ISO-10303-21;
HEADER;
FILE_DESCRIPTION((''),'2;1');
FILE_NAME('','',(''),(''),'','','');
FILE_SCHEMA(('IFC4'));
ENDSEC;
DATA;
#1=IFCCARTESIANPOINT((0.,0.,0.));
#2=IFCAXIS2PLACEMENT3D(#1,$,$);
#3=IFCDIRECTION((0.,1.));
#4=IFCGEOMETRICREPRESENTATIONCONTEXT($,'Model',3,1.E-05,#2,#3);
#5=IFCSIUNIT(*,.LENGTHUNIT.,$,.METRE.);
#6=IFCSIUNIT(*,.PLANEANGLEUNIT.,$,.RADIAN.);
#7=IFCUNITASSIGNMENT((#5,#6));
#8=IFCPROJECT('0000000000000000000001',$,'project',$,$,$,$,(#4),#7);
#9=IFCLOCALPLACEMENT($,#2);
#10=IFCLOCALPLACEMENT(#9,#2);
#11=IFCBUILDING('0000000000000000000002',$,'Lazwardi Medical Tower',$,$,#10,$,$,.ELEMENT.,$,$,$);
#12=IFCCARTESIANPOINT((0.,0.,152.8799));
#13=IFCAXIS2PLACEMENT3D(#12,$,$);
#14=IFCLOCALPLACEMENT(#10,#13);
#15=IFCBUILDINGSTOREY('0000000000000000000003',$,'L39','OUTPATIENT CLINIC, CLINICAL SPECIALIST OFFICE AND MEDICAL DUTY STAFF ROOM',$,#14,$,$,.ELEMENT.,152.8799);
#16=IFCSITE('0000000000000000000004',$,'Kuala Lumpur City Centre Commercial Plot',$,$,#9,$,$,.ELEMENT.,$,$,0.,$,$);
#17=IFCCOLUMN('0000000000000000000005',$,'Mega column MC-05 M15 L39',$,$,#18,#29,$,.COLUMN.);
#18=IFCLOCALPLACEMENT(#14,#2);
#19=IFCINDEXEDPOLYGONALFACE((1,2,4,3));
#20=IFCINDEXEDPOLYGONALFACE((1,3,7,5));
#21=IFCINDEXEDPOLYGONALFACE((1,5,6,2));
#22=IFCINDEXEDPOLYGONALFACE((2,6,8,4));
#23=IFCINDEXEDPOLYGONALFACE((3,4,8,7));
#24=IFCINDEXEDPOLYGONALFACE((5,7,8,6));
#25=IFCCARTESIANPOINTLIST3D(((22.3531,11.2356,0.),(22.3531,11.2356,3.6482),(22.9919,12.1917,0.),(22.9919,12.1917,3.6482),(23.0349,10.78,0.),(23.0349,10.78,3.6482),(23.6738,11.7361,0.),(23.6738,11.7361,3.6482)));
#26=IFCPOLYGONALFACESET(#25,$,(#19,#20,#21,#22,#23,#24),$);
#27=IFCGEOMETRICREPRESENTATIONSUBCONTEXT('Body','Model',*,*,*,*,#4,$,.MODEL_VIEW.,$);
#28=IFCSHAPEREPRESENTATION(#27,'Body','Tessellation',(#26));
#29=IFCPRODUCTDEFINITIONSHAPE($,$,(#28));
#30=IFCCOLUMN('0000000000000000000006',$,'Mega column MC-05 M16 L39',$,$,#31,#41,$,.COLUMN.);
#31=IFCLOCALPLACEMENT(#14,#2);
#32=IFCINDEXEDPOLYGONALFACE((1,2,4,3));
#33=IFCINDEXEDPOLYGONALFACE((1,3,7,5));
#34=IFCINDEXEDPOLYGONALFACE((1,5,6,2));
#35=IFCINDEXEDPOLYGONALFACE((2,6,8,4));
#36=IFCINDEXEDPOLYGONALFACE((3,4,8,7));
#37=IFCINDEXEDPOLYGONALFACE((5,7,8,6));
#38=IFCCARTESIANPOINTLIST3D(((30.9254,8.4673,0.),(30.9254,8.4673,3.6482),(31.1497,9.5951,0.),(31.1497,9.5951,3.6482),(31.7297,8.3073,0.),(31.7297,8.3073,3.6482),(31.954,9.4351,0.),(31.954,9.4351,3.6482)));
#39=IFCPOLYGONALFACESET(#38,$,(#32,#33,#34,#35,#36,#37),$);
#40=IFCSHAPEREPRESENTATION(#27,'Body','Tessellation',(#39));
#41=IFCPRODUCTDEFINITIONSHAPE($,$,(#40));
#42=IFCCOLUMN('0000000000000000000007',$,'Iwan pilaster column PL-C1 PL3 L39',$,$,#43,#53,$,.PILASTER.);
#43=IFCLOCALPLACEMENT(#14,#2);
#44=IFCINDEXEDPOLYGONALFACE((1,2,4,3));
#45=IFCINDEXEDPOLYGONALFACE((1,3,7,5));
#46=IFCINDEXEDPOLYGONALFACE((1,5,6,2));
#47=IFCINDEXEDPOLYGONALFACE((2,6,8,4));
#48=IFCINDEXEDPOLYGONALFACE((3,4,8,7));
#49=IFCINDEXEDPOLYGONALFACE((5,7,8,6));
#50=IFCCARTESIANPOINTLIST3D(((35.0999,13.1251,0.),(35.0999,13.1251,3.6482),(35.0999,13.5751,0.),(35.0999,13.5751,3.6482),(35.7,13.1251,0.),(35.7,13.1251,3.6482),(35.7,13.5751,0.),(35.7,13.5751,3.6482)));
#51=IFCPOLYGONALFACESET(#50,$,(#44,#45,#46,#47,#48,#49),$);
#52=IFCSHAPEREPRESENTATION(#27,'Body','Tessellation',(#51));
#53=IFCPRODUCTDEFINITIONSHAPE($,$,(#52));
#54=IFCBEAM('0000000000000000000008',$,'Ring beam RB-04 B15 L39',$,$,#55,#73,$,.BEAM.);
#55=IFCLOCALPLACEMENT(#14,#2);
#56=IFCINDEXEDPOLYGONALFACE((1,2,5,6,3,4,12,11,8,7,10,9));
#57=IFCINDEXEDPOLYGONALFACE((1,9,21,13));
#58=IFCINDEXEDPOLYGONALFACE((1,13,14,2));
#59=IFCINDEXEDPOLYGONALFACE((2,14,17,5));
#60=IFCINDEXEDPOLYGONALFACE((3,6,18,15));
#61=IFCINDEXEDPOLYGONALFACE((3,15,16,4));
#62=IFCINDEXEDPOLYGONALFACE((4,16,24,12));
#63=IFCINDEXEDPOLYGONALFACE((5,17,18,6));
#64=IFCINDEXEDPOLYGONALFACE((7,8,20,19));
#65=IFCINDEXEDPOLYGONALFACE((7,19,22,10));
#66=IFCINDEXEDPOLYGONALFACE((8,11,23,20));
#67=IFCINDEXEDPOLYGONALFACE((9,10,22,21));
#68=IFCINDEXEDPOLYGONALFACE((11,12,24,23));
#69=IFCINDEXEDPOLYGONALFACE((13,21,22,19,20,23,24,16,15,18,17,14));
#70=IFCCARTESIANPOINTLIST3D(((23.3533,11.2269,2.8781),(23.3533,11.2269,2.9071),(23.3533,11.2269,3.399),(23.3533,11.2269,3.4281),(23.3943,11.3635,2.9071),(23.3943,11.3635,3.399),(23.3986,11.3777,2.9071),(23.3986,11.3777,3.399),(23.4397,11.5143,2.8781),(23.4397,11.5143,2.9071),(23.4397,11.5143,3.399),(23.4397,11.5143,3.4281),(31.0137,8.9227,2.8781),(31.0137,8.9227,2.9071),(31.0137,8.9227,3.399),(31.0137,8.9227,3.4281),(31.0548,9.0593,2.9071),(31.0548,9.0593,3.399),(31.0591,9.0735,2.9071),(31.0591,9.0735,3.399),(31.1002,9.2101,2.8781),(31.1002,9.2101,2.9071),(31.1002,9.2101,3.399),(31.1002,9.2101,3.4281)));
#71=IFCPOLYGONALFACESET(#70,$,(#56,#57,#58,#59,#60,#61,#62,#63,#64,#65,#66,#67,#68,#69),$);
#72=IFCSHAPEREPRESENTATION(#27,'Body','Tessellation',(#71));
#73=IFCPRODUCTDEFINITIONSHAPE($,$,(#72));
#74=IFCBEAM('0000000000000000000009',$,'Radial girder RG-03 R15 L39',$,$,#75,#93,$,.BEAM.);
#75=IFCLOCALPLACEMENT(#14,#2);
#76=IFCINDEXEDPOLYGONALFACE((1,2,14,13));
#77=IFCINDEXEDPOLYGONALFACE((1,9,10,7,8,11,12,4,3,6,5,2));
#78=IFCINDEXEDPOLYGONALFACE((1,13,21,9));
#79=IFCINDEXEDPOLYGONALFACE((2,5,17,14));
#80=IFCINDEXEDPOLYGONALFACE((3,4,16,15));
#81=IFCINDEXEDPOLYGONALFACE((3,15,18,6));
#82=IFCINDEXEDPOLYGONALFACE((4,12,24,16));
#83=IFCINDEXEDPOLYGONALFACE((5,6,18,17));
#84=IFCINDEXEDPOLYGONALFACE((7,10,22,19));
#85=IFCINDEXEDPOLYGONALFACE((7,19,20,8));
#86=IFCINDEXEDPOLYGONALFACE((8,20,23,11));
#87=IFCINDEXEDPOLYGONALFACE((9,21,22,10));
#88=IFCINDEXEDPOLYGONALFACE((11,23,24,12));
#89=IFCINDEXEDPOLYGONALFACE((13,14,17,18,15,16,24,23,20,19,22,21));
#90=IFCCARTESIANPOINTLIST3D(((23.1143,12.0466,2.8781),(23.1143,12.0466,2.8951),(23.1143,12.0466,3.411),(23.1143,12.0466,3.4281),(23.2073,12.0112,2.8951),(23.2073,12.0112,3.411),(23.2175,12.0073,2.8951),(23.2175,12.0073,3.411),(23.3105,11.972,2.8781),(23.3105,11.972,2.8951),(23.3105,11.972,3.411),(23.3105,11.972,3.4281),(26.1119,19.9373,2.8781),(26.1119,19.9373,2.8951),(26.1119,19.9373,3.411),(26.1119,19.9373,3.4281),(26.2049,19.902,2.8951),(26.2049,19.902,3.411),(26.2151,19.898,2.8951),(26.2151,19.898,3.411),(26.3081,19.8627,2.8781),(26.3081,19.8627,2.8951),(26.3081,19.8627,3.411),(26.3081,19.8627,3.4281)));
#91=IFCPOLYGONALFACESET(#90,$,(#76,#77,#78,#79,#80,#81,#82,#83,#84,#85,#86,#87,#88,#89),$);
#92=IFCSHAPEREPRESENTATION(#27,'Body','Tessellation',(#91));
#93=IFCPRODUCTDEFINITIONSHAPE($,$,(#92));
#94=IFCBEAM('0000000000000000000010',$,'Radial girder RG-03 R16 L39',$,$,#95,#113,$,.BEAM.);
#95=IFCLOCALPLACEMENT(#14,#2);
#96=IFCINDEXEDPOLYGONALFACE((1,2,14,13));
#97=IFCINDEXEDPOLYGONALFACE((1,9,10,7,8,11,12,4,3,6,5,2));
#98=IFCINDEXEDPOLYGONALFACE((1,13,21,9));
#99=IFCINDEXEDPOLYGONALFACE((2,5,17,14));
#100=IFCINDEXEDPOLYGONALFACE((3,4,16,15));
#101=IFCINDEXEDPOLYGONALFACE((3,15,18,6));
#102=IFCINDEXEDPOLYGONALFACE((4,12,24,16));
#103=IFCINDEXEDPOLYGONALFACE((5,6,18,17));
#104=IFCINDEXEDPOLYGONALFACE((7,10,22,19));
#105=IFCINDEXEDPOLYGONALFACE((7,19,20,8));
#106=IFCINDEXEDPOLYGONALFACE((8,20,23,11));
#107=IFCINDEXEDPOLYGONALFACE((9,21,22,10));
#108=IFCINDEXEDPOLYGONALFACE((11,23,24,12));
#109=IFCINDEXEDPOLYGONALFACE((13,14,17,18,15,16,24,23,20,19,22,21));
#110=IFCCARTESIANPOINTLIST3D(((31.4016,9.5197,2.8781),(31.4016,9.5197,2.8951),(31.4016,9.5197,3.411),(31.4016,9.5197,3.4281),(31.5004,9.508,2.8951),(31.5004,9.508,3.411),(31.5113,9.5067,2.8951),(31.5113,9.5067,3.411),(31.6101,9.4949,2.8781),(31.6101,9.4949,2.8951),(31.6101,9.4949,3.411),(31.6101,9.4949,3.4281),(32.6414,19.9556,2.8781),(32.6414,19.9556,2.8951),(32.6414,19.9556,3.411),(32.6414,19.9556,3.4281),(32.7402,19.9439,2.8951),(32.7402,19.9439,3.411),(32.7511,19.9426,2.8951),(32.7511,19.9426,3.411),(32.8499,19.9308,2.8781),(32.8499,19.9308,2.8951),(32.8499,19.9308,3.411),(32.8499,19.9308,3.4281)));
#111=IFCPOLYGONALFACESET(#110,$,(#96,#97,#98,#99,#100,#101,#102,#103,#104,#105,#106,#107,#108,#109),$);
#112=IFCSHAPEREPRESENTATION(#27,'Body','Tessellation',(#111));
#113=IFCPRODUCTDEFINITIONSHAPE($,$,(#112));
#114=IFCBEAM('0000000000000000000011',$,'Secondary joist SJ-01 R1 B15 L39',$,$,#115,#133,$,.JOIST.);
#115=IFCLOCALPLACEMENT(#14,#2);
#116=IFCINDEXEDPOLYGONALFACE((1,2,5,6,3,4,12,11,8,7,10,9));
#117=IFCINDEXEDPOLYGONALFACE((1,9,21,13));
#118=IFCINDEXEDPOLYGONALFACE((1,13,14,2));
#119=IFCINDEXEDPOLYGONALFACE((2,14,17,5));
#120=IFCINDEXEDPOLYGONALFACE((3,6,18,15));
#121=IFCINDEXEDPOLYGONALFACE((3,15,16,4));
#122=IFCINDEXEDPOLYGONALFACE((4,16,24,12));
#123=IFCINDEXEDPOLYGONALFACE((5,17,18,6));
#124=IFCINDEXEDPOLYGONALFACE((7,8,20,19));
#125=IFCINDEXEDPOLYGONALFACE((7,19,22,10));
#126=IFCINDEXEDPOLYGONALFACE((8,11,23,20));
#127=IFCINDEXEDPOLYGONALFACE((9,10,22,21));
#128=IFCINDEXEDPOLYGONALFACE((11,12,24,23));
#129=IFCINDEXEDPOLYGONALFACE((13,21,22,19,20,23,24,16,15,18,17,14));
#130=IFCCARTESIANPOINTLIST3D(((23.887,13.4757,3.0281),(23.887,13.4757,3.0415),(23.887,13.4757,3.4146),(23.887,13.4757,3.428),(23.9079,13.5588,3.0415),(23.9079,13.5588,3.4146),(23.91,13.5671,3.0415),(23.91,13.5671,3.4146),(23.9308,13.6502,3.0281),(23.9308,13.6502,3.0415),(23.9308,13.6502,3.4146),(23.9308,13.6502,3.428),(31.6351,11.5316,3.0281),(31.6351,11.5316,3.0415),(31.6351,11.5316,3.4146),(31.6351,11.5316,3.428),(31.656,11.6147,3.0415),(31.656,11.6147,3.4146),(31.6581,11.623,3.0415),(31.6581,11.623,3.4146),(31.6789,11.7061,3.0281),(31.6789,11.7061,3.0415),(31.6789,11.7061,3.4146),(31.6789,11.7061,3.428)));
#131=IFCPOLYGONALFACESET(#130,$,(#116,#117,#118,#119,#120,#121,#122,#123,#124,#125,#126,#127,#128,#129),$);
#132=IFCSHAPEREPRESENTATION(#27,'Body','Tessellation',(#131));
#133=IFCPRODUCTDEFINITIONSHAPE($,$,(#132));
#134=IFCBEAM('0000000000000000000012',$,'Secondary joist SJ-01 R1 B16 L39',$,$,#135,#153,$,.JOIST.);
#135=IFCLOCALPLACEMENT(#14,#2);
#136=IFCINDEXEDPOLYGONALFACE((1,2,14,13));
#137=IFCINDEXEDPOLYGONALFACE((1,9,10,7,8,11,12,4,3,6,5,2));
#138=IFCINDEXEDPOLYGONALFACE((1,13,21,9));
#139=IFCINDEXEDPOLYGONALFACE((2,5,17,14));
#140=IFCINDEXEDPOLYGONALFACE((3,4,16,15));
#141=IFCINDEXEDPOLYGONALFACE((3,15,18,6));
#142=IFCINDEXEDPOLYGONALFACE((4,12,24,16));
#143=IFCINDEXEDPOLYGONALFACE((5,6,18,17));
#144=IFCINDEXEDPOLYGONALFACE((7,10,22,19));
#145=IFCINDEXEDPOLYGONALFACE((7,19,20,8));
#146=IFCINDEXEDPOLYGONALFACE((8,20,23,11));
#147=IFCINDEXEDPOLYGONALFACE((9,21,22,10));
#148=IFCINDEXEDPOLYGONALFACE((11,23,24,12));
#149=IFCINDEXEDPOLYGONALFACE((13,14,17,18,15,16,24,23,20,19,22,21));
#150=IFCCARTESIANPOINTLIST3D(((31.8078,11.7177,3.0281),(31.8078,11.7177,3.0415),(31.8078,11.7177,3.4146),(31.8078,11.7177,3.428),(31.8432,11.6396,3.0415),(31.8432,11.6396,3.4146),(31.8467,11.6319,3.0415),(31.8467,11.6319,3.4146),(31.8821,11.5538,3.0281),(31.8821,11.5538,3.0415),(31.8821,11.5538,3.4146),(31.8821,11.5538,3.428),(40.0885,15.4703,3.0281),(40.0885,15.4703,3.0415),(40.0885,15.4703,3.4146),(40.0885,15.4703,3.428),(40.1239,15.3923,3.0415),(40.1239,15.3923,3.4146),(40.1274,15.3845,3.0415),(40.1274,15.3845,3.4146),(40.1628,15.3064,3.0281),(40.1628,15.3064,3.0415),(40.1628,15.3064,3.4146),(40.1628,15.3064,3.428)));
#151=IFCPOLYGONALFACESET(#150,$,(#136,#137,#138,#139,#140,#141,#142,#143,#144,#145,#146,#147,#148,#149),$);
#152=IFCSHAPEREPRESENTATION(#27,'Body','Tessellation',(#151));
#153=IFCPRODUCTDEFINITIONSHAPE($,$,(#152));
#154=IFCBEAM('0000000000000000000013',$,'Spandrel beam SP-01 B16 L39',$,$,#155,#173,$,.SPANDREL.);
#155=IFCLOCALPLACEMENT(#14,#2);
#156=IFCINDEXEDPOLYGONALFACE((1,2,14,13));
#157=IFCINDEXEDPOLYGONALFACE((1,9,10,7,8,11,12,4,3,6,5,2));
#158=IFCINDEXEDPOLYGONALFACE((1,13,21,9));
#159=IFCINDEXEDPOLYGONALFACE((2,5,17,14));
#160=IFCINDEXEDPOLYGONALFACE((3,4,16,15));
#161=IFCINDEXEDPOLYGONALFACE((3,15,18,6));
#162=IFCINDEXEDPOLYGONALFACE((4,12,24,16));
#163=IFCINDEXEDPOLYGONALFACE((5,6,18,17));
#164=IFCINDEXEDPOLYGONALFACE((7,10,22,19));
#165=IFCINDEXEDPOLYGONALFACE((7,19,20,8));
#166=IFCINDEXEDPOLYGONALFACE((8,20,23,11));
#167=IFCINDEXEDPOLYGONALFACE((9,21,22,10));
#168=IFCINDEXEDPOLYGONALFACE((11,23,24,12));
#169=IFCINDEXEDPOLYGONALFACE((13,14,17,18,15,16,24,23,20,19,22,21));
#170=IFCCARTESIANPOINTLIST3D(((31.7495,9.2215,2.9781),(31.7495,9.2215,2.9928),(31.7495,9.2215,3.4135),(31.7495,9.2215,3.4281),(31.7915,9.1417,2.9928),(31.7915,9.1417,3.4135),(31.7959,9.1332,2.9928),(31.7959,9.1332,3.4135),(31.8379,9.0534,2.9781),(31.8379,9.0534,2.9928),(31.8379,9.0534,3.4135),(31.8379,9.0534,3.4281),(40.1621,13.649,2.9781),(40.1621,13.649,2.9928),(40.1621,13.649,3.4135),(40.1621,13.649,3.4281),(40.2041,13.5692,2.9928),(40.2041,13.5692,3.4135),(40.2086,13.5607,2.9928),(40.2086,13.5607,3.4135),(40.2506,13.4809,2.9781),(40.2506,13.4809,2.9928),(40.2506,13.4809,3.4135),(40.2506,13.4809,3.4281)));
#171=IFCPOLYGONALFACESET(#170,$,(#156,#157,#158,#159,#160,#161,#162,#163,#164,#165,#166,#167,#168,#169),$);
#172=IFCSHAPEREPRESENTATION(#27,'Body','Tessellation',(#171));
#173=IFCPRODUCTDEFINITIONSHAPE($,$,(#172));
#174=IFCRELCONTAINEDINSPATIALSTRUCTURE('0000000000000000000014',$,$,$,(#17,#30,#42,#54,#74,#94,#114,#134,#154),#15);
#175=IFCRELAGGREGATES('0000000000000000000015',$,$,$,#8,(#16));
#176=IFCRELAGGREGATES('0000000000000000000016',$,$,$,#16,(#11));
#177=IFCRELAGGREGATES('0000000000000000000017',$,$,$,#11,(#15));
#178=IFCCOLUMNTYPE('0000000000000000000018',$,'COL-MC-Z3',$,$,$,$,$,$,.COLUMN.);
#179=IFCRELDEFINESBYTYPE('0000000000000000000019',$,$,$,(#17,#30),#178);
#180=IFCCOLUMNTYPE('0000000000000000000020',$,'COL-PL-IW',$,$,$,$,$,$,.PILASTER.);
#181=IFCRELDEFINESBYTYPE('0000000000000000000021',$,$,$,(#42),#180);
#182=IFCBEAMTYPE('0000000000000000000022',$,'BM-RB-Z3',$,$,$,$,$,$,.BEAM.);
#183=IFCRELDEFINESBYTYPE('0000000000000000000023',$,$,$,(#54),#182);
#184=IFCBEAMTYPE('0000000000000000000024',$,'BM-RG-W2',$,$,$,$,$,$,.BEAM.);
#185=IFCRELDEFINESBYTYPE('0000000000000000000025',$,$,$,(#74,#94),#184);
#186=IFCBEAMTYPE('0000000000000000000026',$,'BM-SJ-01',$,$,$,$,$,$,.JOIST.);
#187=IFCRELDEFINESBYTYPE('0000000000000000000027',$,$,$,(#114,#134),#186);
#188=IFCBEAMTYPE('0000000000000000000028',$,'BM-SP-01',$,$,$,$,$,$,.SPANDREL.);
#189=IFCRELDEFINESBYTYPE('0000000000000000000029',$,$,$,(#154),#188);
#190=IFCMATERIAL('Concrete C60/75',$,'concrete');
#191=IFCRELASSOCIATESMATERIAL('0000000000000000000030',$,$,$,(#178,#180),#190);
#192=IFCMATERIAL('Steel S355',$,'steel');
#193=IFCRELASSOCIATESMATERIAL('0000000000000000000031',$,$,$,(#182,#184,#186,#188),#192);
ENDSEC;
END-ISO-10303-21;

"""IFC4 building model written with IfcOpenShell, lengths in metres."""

from ifc_helpers import new_model, si_unit, direction, frame, origin, origin_2d, place, context, subcontext, project, spatial, rectangle, i_section, extrude, material, material_profile, profile_set, type_object, element, save


model = new_model("IFC4")

# Units and contexts
model_context = context("Model", 3, precision=1e-05, world=origin(), true_north=direction((0.0, 1.0)))
body_context = subcontext(model_context, "Body", "Model", "MODEL_VIEW")
ifc_project = project(units=[si_unit("LENGTHUNIT", "METRE"), si_unit("PLANEANGLEUNIT", "RADIAN")], contexts=[model_context])

# Site, building, storey
site_placement = place(None, origin())
site = spatial("IfcSite", under=ifc_project, at=site_placement, Name="Kuala Lumpur City Centre Commercial Plot", CompositionType="ELEMENT", RefElevation=0.0)
building_placement = place(site_placement, origin())
building = spatial("IfcBuilding", under=site, at=building_placement, Name="Lazwardi Medical Tower", CompositionType="ELEMENT")
storey_placement = place(building_placement, frame((0.0, 0.0, 152.8799)))
storey = spatial("IfcBuildingStorey", under=building, at=storey_placement, Name="L39", Description="OUTPATIENT CLINIC, CLINICAL SPECIALIST OFFICE AND MEDICAL DUTY STAFF ROOM", CompositionType="ELEMENT", Elevation=152.8799)

# Columns
ifc_material_1 = material(Name="Concrete C60/75", Category="concrete")
ifc_material_profile_1 = material_profile(ifc_material_1, rectangle(XDim=1.1499, YDim=0.8201, at=origin_2d()), Name="CFT-RECT 1150x820")
ifc_profile_set_1 = profile_set([ifc_material_profile_1], Name="Concrete C60/75")
column_type_1 = type_object("IfcColumnType", Name="COL-MC-Z3", PredefinedType="COLUMN", material=ifc_profile_set_1)
for number, where, z_axis, x_axis, name in (
    (1, (23.0134, 11.4858, 0.0), (0.0, 0.0, 1.0), (-0.55557, -0.83147, 0.0), "Mega column MC-05 M15 L39"),
    (2, (31.4397, 8.9512, 0.0), (0.0, 0.0, 1.0), (-0.19509, -0.980785, 0.0), "Mega column MC-05 M16 L39"),
):
    element("IfcColumn", number, at=place(storey_placement, frame(where, z_axis=z_axis, x_axis=x_axis)), inside=storey, type_object=column_type_1, Name=name, PredefinedType="COLUMN", context=body_context, shape_type="SweptSolid", body=[
        extrude(rectangle(XDim=1.1499, YDim=0.8201, at=origin_2d()), origin(), (0.0, 0.0, 1.0), 3.6482),
    ])
ifc_material_profile_2 = material_profile(ifc_material_1, rectangle(XDim=0.6001, YDim=0.45, at=origin_2d()), Name="RC 600x450")
ifc_profile_set_2 = profile_set([ifc_material_profile_2], Name="Concrete C60/75")
column_type_2 = type_object("IfcColumnType", Name="COL-PL-IW", PredefinedType="PILASTER", material=ifc_profile_set_2)
column_placement = place(storey_placement, frame((35.3999, 13.3501, 0.0), z_axis=(0.0, 0.0, 1.0), x_axis=(1.0, 0.0, 0.0)))
element("IfcColumn", 3, at=column_placement, inside=storey, type_object=column_type_2, Name="Iwan pilaster column PL-C1 PL3 L39", PredefinedType="PILASTER", context=body_context, shape_type="SweptSolid", body=[
    extrude(rectangle(XDim=0.6001, YDim=0.45, at=origin_2d()), origin(), (0.0, 0.0, 1.0), 3.6482),
])

# Beams
ifc_material_2 = material(Name="Steel S355", Category="steel")
ifc_material_profile_3 = material_profile(ifc_material_2, i_section(OverallWidth=0.3, OverallDepth=0.55, WebThickness=0.0149, FlangeThickness=0.0291, at=origin_2d()), Name="HEB 550")
ifc_profile_set_3 = profile_set([ifc_material_profile_3], Name="Steel S355")
beam_type_1 = type_object("IfcBeamType", Name="BM-RB-Z3", PredefinedType="BEAM", material=ifc_profile_set_3)
beam_1_placement = place(storey_placement, frame((23.3965, 11.3706, 3.1531), z_axis=(0.957617, -0.288045, 0.0), x_axis=(0.288045, 0.957617, 0.0)))
element("IfcBeam", 4, at=beam_1_placement, inside=storey, type_object=beam_type_1, Name="Ring beam RB-04 B15 L39", PredefinedType="BEAM", context=body_context, shape_type="SweptSolid", body=[
    extrude(i_section(OverallWidth=0.3, OverallDepth=0.55, WebThickness=0.0149, FlangeThickness=0.0291, at=origin_2d()), origin(), (0.0, 0.0, 1.0), 7.9995),
])
ifc_material_profile_4 = material_profile(ifc_material_2, i_section(OverallWidth=0.21, OverallDepth=0.55, WebThickness=0.011, FlangeThickness=0.0171, at=origin_2d()), Name="IPE 550")
ifc_profile_set_4 = profile_set([ifc_material_profile_4], Name="Steel S355")
beam_type_2 = type_object("IfcBeamType", Name="BM-RG-W2", PredefinedType="BEAM", material=ifc_profile_set_4)
beam_2_placement = place(storey_placement, frame((23.2124, 12.0093, 3.1531), z_axis=(0.355127, 0.934818, 0.0), x_axis=(-0.934818, 0.355127, 0.0)))
element("IfcBeam", 5, at=beam_2_placement, inside=storey, type_object=beam_type_2, Name="Radial girder RG-03 R15 L39", PredefinedType="BEAM", context=body_context, shape_type="SweptSolid", body=[
    extrude(i_section(OverallWidth=0.21, OverallDepth=0.55, WebThickness=0.011, FlangeThickness=0.0171, at=origin_2d()), origin(), (0.0, 0.0, 1.0), 8.4409),
])
beam_3_placement = place(storey_placement, frame((31.5059, 9.5073, 3.1531), z_axis=(0.117968, 0.993017, 0.0), x_axis=(-0.993017, 0.117968, 0.0)))
element("IfcBeam", 6, at=beam_3_placement, inside=storey, type_object=beam_type_2, Name="Radial girder RG-03 R16 L39", PredefinedType="BEAM", context=body_context, shape_type="SweptSolid", body=[
    extrude(i_section(OverallWidth=0.21, OverallDepth=0.55, WebThickness=0.011, FlangeThickness=0.0171, at=origin_2d()), origin(), (0.0, 0.0, 1.0), 10.5093),
])
ifc_material_profile_5 = material_profile(ifc_material_2, i_section(OverallWidth=0.1799, OverallDepth=0.3999, WebThickness=0.0085, FlangeThickness=0.0134, at=origin_2d()), Name="IPE 400")
ifc_profile_set_5 = profile_set([ifc_material_profile_5], Name="Steel S355")
beam_type_3 = type_object("IfcBeamType", Name="BM-SJ-01", PredefinedType="JOIST", material=ifc_profile_set_5)
beam_4_placement = place(storey_placement, frame((23.9089, 13.563, 3.228), z_axis=(0.969934, -0.24337, 0.0), x_axis=(0.24337, 0.969934, 0.0)))
element("IfcBeam", 7, at=beam_4_placement, inside=storey, type_object=beam_type_3, Name="Secondary joist SJ-01 R1 B15 L39", PredefinedType="JOIST", context=body_context, shape_type="SweptSolid", body=[
    extrude(i_section(OverallWidth=0.1799, OverallDepth=0.3999, WebThickness=0.0085, FlangeThickness=0.0134, at=origin_2d()), origin(), (0.0, 0.0, 1.0), 7.9883),
])
beam_5_placement = place(storey_placement, frame((31.845, 11.6357, 3.228), z_axis=(0.910834, 0.412773, 0.0), x_axis=(-0.412773, 0.910834, 0.0)))
element("IfcBeam", 8, at=beam_5_placement, inside=storey, type_object=beam_type_3, Name="Secondary joist SJ-01 R1 B16 L39", PredefinedType="JOIST", context=body_context, shape_type="SweptSolid", body=[
    extrude(i_section(OverallWidth=0.1799, OverallDepth=0.3999, WebThickness=0.0085, FlangeThickness=0.0134, at=origin_2d()), origin(), (0.0, 0.0, 1.0), 9.0913),
])
ifc_material_profile_6 = material_profile(ifc_material_2, i_section(OverallWidth=0.1899, OverallDepth=0.45, WebThickness=0.0095, FlangeThickness=0.0146, at=origin_2d()), Name="IPE 450")
ifc_profile_set_6 = profile_set([ifc_material_profile_6], Name="Steel S355")
beam_type_4 = type_object("IfcBeamType", Name="BM-SP-01", PredefinedType="SPANDREL", material=ifc_profile_set_6)
beam_6_placement = place(storey_placement, frame((31.7937, 9.1375, 3.2031), z_axis=(0.884927, 0.465731, 0.0), x_axis=(-0.465731, 0.884927, 0.0)))
element("IfcBeam", 9, at=beam_6_placement, inside=storey, type_object=beam_type_4, Name="Spandrel beam SP-01 B16 L39", PredefinedType="SPANDREL", context=body_context, shape_type="SweptSolid", body=[
    extrude(i_section(OverallWidth=0.1899, OverallDepth=0.45, WebThickness=0.0095, FlangeThickness=0.0146, at=origin_2d()), origin(), (0.0, 0.0, 1.0), 9.5066),
])

save(model, "model.ifc")
